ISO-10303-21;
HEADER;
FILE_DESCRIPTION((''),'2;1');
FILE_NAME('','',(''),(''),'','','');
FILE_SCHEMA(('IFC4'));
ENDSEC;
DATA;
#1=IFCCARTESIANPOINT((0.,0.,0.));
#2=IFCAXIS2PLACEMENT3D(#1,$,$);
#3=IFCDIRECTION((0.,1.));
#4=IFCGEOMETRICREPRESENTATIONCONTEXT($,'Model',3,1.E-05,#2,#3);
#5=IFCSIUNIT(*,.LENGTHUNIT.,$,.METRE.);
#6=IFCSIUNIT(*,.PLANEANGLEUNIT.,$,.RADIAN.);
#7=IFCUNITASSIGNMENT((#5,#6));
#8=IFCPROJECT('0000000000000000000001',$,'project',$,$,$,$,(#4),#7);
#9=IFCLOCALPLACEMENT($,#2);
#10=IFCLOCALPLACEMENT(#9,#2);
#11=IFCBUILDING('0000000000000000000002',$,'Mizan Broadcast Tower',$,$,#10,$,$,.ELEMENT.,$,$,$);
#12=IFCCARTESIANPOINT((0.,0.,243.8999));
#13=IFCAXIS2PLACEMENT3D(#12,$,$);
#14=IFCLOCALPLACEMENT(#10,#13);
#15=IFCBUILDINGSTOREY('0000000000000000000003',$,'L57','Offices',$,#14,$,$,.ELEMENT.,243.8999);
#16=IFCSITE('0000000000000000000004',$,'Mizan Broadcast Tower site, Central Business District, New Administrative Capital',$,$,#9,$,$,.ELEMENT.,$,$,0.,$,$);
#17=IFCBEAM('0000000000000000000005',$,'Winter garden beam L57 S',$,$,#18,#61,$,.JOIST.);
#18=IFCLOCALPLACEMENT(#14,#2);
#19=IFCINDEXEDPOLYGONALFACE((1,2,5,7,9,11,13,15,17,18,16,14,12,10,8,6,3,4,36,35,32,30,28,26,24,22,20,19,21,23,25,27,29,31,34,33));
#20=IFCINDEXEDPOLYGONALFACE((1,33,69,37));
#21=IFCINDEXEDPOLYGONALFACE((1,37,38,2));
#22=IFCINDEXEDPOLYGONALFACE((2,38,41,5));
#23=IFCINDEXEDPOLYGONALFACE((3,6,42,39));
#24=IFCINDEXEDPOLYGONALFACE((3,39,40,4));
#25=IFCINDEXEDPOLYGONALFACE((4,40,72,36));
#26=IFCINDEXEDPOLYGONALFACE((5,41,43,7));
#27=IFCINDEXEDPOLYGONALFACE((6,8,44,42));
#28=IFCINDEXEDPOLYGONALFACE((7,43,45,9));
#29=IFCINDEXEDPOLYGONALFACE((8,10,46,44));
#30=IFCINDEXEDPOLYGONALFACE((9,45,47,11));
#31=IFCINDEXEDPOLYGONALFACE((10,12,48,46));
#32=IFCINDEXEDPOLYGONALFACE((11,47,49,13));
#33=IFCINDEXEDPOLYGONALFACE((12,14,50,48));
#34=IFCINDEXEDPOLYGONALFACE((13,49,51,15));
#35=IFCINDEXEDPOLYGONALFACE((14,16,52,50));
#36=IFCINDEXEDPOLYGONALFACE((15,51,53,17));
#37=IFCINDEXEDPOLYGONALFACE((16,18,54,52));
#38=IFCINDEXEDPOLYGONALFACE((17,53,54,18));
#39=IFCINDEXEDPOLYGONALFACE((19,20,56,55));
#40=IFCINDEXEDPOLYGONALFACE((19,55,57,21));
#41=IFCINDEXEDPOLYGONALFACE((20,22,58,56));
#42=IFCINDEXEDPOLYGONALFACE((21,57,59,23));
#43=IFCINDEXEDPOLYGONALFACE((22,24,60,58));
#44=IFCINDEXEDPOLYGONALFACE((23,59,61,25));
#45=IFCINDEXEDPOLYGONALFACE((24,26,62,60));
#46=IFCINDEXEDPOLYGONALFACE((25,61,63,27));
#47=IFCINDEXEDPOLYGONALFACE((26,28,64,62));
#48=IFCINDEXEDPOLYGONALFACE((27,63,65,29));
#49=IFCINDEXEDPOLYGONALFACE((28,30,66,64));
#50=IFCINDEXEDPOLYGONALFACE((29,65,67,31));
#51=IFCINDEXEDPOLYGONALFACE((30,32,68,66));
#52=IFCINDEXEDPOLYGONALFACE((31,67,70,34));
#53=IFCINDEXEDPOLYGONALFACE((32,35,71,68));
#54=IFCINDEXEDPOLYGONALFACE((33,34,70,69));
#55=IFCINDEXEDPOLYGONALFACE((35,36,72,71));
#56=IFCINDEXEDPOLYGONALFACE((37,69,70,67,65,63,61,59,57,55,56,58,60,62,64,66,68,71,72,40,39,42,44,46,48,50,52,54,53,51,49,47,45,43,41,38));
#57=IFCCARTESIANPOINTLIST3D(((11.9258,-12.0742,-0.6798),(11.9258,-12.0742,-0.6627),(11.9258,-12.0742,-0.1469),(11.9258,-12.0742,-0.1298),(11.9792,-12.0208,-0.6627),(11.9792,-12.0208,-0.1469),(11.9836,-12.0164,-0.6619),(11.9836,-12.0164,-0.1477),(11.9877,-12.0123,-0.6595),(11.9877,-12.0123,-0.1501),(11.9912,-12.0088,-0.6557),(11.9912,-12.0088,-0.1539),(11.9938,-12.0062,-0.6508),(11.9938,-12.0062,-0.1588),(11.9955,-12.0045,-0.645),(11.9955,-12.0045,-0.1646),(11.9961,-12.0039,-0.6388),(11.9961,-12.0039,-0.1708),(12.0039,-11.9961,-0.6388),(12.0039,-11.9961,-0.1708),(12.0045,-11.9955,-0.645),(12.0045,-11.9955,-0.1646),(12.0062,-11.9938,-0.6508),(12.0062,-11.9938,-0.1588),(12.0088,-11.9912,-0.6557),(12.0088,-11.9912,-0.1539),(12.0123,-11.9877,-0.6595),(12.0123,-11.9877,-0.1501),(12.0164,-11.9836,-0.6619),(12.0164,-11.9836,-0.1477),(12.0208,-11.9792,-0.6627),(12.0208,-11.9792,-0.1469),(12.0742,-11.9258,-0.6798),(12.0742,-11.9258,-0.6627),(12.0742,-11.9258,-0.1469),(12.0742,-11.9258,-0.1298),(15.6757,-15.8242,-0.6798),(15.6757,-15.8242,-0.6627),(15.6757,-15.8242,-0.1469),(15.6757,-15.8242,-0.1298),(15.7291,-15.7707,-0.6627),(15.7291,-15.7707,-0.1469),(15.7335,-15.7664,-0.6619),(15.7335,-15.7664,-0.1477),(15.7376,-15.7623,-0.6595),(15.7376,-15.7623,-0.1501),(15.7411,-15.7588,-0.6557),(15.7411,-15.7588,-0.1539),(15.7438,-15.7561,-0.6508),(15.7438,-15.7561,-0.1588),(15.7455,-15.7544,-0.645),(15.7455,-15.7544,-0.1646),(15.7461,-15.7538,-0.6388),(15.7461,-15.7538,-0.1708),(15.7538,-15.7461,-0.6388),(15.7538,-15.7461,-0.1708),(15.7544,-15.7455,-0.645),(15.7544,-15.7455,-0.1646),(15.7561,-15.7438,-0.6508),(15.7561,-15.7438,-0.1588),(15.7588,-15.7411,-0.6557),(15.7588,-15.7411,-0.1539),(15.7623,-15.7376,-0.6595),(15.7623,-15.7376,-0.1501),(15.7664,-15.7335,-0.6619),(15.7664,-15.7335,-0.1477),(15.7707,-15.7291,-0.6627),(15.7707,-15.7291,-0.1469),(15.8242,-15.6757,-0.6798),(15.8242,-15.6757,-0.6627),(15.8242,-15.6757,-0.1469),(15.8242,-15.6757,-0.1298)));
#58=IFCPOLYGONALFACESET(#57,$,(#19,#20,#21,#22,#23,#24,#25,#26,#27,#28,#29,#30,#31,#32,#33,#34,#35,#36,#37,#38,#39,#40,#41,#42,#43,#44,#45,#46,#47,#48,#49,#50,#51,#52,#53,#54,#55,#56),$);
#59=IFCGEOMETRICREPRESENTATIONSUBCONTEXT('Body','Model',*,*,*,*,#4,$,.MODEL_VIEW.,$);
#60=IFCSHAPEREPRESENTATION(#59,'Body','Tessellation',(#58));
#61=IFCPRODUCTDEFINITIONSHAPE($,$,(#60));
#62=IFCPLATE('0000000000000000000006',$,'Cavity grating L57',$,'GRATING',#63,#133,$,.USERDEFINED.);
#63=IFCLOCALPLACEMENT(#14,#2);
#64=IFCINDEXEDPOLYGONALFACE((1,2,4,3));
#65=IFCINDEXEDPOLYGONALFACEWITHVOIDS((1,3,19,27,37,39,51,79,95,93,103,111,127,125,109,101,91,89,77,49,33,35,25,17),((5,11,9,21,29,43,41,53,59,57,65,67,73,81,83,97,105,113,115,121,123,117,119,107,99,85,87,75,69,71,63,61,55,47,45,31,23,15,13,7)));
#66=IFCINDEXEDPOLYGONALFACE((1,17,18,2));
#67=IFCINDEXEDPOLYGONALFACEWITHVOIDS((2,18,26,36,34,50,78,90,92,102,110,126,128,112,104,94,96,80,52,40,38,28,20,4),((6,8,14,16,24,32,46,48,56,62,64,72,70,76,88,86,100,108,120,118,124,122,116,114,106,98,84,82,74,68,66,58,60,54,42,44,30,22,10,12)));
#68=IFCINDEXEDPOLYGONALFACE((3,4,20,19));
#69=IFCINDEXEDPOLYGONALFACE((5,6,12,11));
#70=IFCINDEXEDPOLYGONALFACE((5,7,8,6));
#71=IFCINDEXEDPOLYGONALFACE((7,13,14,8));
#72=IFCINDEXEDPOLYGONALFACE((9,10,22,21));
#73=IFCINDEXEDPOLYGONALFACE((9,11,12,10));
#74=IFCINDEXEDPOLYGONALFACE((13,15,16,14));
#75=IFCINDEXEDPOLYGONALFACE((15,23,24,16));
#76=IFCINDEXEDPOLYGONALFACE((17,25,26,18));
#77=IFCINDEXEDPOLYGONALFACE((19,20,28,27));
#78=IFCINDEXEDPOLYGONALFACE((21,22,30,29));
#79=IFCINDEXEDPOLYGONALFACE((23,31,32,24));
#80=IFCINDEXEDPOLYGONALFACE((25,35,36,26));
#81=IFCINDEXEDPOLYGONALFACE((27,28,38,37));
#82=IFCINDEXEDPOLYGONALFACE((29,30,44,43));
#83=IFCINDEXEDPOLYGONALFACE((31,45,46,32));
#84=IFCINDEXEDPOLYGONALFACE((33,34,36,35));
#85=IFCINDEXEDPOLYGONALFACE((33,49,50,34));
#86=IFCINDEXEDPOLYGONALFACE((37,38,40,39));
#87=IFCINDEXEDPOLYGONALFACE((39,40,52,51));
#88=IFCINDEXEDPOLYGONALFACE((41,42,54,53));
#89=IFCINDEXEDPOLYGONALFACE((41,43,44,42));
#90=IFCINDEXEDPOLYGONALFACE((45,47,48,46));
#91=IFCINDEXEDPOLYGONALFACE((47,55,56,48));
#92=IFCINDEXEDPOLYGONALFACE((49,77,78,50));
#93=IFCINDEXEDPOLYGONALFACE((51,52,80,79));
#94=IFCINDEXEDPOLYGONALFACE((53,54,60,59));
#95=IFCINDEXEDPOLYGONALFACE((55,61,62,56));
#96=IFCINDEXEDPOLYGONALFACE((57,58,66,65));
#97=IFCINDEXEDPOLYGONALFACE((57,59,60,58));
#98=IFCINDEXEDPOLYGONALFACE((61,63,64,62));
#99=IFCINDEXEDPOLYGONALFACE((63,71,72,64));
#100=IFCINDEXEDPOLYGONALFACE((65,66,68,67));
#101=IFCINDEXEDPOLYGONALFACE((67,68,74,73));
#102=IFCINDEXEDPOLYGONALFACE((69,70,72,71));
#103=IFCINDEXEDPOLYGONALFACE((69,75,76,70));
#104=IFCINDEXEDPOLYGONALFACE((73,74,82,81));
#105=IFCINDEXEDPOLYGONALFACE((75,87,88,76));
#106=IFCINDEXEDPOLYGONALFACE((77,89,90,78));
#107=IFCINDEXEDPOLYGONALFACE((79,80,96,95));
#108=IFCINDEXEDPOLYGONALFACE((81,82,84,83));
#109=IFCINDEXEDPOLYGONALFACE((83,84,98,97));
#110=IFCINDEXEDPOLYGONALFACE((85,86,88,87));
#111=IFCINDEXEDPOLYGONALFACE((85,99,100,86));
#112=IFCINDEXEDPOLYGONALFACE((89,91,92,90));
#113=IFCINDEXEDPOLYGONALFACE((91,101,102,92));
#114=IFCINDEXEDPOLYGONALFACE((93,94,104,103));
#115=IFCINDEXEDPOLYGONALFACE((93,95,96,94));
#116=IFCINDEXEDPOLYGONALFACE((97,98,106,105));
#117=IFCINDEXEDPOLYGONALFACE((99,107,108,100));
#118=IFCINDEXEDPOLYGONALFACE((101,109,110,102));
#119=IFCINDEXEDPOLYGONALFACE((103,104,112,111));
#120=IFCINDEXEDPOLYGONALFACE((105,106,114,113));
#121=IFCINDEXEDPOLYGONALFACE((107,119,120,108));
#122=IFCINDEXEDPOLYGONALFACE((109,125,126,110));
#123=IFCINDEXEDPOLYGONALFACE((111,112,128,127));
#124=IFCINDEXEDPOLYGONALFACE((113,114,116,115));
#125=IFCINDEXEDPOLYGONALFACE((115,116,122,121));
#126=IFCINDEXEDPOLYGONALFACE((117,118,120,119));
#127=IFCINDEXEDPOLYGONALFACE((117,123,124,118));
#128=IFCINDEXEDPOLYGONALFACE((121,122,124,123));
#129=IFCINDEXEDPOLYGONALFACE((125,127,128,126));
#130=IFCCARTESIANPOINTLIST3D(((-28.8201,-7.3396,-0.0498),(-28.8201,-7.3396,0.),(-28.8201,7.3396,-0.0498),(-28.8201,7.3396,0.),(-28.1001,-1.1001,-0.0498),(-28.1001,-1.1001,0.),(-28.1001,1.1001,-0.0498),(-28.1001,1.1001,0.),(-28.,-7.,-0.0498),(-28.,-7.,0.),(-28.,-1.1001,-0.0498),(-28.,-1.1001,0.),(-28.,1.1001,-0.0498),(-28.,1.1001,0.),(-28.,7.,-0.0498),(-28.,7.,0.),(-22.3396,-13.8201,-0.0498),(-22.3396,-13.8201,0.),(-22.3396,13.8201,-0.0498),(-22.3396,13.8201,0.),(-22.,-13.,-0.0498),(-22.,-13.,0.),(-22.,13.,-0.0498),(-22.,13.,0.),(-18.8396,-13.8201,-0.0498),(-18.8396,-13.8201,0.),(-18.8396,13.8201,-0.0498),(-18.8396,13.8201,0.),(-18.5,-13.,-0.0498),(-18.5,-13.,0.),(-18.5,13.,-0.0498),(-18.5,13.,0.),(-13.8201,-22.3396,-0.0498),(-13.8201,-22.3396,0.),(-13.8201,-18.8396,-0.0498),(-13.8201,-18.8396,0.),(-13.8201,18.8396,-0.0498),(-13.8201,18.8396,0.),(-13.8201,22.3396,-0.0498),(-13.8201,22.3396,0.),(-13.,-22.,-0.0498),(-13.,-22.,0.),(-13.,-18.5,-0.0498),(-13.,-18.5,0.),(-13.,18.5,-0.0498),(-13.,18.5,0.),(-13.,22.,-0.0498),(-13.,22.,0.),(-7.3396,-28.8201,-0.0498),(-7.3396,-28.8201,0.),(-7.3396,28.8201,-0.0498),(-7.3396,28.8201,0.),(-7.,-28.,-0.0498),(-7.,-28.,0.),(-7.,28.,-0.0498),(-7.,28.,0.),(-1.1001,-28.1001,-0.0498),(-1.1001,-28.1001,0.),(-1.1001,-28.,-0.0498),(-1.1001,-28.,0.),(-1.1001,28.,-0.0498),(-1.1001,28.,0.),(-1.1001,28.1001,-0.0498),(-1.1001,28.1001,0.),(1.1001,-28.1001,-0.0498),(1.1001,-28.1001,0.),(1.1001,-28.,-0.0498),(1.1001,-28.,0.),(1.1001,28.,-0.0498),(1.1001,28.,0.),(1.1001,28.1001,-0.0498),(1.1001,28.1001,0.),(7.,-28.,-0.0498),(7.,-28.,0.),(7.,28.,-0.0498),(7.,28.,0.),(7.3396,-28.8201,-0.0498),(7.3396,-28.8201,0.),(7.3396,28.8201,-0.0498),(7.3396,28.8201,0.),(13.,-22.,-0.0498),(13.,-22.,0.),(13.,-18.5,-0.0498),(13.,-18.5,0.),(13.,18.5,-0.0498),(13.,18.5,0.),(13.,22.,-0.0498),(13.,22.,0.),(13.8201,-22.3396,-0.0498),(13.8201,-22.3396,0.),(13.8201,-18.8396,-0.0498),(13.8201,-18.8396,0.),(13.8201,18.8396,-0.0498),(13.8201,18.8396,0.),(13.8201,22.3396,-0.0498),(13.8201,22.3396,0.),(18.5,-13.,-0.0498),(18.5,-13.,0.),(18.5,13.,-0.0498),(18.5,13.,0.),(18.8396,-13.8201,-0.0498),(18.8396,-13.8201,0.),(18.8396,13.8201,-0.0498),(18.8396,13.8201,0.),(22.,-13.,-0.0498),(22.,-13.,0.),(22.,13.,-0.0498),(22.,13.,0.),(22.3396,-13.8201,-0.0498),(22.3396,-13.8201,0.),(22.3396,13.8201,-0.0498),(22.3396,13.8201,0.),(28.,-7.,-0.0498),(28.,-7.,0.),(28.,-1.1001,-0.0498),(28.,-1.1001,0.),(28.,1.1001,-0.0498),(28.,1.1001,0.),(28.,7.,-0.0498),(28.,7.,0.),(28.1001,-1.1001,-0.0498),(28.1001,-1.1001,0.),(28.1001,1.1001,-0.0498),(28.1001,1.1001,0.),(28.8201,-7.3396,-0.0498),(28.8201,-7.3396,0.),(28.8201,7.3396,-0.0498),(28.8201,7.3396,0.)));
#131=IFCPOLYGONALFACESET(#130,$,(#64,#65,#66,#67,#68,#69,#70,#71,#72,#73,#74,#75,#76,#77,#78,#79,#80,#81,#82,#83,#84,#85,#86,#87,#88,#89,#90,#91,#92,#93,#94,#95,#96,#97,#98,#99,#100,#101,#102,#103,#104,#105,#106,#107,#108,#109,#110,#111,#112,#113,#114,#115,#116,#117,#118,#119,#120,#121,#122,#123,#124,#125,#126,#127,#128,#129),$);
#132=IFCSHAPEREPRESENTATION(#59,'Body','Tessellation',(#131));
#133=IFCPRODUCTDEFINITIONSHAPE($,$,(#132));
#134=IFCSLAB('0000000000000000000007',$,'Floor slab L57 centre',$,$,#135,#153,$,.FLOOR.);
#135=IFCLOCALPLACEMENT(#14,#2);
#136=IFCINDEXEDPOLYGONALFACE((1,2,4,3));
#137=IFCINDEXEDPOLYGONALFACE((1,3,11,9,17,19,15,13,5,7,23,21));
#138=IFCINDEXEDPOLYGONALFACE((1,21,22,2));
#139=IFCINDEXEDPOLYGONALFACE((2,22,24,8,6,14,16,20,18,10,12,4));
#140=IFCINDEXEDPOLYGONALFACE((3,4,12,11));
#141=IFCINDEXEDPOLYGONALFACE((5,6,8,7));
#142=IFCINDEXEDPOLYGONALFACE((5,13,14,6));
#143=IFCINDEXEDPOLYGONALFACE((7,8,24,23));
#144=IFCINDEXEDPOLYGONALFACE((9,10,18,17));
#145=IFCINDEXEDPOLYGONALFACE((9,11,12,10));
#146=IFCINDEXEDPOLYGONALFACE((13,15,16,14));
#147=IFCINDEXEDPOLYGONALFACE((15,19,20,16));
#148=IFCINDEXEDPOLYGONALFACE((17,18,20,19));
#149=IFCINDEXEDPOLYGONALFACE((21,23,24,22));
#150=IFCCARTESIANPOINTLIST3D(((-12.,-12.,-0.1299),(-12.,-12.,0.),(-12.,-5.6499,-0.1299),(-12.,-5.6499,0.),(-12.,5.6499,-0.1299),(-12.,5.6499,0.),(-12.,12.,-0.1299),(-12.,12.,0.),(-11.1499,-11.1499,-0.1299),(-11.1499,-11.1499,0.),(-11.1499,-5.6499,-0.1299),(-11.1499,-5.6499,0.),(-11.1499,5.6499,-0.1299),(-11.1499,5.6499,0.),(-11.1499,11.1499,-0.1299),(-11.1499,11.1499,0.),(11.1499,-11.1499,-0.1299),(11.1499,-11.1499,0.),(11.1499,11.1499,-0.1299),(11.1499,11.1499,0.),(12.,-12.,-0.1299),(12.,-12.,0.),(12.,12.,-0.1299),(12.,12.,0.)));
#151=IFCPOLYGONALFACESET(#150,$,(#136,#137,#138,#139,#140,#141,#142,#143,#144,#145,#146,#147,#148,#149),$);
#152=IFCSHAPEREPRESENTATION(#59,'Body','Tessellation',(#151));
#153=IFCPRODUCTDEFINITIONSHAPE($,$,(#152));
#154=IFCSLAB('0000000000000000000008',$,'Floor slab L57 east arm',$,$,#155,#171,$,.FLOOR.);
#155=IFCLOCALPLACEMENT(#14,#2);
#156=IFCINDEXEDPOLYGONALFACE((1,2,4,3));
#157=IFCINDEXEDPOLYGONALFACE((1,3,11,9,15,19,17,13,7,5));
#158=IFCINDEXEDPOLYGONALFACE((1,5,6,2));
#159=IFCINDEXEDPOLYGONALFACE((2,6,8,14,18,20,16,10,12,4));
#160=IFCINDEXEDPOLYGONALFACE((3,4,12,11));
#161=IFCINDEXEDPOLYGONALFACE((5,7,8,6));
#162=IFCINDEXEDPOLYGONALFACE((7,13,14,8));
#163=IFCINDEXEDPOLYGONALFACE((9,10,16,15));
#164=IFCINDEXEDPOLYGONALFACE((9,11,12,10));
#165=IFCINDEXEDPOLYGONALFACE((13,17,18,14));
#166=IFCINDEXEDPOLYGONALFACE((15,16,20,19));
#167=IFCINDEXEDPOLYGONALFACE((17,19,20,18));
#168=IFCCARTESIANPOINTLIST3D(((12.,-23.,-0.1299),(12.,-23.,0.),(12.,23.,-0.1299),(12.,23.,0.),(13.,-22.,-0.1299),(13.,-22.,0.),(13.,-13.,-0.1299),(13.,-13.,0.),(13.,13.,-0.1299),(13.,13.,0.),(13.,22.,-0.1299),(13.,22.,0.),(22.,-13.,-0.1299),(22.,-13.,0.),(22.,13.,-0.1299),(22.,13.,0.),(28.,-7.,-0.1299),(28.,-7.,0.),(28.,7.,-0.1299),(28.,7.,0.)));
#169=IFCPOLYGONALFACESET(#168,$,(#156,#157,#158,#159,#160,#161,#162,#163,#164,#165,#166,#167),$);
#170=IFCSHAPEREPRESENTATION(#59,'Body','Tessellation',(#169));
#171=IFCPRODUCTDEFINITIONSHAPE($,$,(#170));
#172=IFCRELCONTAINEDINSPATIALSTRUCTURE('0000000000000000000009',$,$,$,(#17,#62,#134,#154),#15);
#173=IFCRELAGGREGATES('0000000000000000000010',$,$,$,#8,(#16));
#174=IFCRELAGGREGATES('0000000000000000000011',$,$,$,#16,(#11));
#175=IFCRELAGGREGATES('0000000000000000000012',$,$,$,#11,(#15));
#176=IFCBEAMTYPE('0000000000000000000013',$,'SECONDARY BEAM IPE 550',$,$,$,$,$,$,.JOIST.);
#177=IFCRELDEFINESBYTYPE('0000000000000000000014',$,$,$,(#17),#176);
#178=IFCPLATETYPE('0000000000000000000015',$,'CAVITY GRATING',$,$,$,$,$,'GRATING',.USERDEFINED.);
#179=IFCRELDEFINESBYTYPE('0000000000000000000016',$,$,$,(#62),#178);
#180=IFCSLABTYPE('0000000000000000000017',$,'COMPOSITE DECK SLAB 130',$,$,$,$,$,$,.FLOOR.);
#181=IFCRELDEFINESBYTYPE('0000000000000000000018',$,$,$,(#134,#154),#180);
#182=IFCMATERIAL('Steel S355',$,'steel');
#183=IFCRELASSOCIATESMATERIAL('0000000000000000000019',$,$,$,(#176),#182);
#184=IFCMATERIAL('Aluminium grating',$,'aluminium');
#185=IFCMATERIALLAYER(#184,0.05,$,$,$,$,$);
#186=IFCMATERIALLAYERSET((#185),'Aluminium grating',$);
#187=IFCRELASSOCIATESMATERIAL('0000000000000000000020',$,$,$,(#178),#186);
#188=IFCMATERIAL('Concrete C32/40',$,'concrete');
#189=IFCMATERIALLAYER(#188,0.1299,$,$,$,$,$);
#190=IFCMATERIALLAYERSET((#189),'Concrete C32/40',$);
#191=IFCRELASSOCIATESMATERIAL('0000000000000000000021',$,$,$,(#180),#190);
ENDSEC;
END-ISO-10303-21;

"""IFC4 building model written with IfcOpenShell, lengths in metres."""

from ifc_helpers import new_model, si_unit, direction, frame, origin, origin_2d, place, context, subcontext, project, spatial, polyline, i_section, outline, extrude, material, layer, layer_set, material_profile, profile_set, type_object, element, save


model = new_model("IFC4")

# Units and contexts
model_context = context("Model", 3, precision=1e-05, world=origin(), true_north=direction((0.0, 1.0)))
body_context = subcontext(model_context, "Body", "Model", "MODEL_VIEW")
ifc_project = project(units=[si_unit("LENGTHUNIT", "METRE"), si_unit("PLANEANGLEUNIT", "RADIAN")], contexts=[model_context])

# Site, building, storey
site_placement = place(None, origin())
site = spatial("IfcSite", under=ifc_project, at=site_placement, Name="Mizan Broadcast Tower site, Central Business District, New Administrative Capital", CompositionType="ELEMENT", RefElevation=0.0)
building_placement = place(site_placement, origin())
building = spatial("IfcBuilding", under=site, at=building_placement, Name="Mizan Broadcast Tower", CompositionType="ELEMENT")
storey_placement = place(building_placement, frame((0.0, 0.0, 243.8999)))
storey = spatial("IfcBuildingStorey", under=building, at=storey_placement, Name="L57", Description="Offices", CompositionType="ELEMENT", Elevation=243.8999)

# Beam
ifc_material_1 = material(Name="Steel S355", Category="steel")
ifc_material_profile_1 = material_profile(ifc_material_1, i_section(OverallWidth=0.21, OverallDepth=0.55, WebThickness=0.011, FlangeThickness=0.0171, FilletRadius=0.0239, at=origin_2d()), Name="IPE 550")
ifc_profile_set_1 = profile_set([ifc_material_profile_1], Name="Steel S355")
beam_type_1 = type_object("IfcBeamType", Name="SECONDARY BEAM IPE 550", PredefinedType="JOIST", material=ifc_profile_set_1)
beam_1_placement = place(storey_placement, frame((12.0, -12.0, -0.4048), z_axis=(0.707107, -0.707107, 0.0), x_axis=(0.707107, 0.707107, 0.0)))
element("IfcBeam", 1, at=beam_1_placement, inside=storey, type_object=beam_type_1, Name="Winter garden beam L57 S", PredefinedType="JOIST", context=body_context, shape_type="SweptSolid", body=[
    extrude(i_section(OverallWidth=0.21, OverallDepth=0.55, WebThickness=0.011, FlangeThickness=0.0171, FilletRadius=0.0239, at=origin_2d()), origin(), (0.0, 0.0, 1.0), 5.3032),
])

# Plate
ifc_material_2 = material(Name="Aluminium grating", Category="aluminium")
ifc_layer_1 = layer(ifc_material_2, 0.05)
ifc_layer_set_1 = layer_set([ifc_layer_1], Name="Aluminium grating")
plate_type = type_object("IfcPlateType", Name="CAVITY GRATING", ElementType="GRATING", PredefinedType="USERDEFINED", material=ifc_layer_set_1)
plate_placement = place(storey_placement, frame((0.0, 0.0, -0.0498)))
element("IfcPlate", 2, at=plate_placement, inside=storey, type_object=plate_type, Name="Cavity grating L57", ObjectType="GRATING", PredefinedType="USERDEFINED", context=body_context, shape_type="SweptSolid", body=[
    extrude(outline(polyline([(13.8201, -18.8396), (18.8396, -13.8201), (22.3396, -13.8201), (28.8201, -7.3396), (28.8201, 7.3396), (22.3396, 13.8201), (18.8396, 13.8201), (13.8201, 18.8396), (13.8201, 22.3396), (7.3396, 28.8201), (-7.3396, 28.8201), (-13.8201, 22.3396), (-13.8201, 18.8396), (-18.8396, 13.8201), (-22.3396, 13.8201), (-28.8201, 7.3396), (-28.8201, -7.3396), (-22.3396, -13.8201), (-18.8396, -13.8201), (-13.8201, -18.8396), (-13.8201, -22.3396), (-7.3396, -28.8201), (7.3396, -28.8201), (13.8201, -22.3396), (13.8201, -18.8396)]), holes=[polyline([(28.0, -1.1001), (28.0, -7.0), (22.0, -13.0), (18.5, -13.0), (13.0, -18.5), (13.0, -22.0), (7.0, -28.0), (1.1001, -28.0), (1.1001, -28.1001), (-1.1001, -28.1001), (-1.1001, -28.0), (-7.0, -28.0), (-13.0, -22.0), (-13.0, -18.5), (-18.5, -13.0), (-22.0, -13.0), (-28.0, -7.0), (-28.0, -1.1001), (-28.1001, -1.1001), (-28.1001, 1.1001), (-28.0, 1.1001), (-28.0, 7.0), (-22.0, 13.0), (-18.5, 13.0), (-13.0, 18.5), (-13.0, 22.0), (-7.0, 28.0), (-1.1001, 28.0), (-1.1001, 28.1001), (1.1001, 28.1001), (1.1001, 28.0), (7.0, 28.0), (13.0, 22.0), (13.0, 18.5), (18.5, 13.0), (22.0, 13.0), (28.0, 7.0), (28.0, 1.1001), (28.1001, 1.1001), (28.1001, -1.1001), (28.0, -1.1001)])]), origin(), (0.0, 0.0, 1.0), 0.0498),
])

# Slabs
ifc_material_3 = material(Name="Concrete C32/40", Category="concrete")
ifc_layer_2 = layer(ifc_material_3, 0.1299)
ifc_layer_set_2 = layer_set([ifc_layer_2], Name="Concrete C32/40")
slab_type_1 = type_object("IfcSlabType", Name="COMPOSITE DECK SLAB 130", PredefinedType="FLOOR", material=ifc_layer_set_2)
slab_1_placement = place(storey_placement, frame((0.0, 0.0, -0.1299)))
element("IfcSlab", 3, at=slab_1_placement, inside=storey, type_object=slab_type_1, Name="Floor slab L57 centre", PredefinedType="FLOOR", context=body_context, shape_type="SweptSolid", body=[
    extrude(outline(polyline([(-11.1499, -5.6499), (-12.0, -5.6499), (-12.0, -12.0), (12.0, -12.0), (12.0, 12.0), (-12.0, 12.0), (-12.0, 5.6499), (-11.1499, 5.6499), (-11.1499, 11.1499), (11.1499, 11.1499), (11.1499, -11.1499), (-11.1499, -11.1499), (-11.1499, -5.6499)])), origin(), (0.0, 0.0, 1.0), 0.1299),
])
slab_2_placement = place(storey_placement, frame((0.0, 0.0, -0.1299)))
element("IfcSlab", 4, at=slab_2_placement, inside=storey, type_object=slab_type_1, Name="Floor slab L57 east arm", PredefinedType="FLOOR", context=body_context, shape_type="SweptSolid", body=[
    extrude(outline(polyline([(13.0, 22.0), (12.0, 23.0), (12.0, -23.0), (13.0, -22.0), (13.0, -13.0), (22.0, -13.0), (28.0, -7.0), (28.0, 7.0), (22.0, 13.0), (13.0, 13.0), (13.0, 22.0)])), origin(), (0.0, 0.0, 1.0), 0.1299),
])

save(model, "model.ifc")
